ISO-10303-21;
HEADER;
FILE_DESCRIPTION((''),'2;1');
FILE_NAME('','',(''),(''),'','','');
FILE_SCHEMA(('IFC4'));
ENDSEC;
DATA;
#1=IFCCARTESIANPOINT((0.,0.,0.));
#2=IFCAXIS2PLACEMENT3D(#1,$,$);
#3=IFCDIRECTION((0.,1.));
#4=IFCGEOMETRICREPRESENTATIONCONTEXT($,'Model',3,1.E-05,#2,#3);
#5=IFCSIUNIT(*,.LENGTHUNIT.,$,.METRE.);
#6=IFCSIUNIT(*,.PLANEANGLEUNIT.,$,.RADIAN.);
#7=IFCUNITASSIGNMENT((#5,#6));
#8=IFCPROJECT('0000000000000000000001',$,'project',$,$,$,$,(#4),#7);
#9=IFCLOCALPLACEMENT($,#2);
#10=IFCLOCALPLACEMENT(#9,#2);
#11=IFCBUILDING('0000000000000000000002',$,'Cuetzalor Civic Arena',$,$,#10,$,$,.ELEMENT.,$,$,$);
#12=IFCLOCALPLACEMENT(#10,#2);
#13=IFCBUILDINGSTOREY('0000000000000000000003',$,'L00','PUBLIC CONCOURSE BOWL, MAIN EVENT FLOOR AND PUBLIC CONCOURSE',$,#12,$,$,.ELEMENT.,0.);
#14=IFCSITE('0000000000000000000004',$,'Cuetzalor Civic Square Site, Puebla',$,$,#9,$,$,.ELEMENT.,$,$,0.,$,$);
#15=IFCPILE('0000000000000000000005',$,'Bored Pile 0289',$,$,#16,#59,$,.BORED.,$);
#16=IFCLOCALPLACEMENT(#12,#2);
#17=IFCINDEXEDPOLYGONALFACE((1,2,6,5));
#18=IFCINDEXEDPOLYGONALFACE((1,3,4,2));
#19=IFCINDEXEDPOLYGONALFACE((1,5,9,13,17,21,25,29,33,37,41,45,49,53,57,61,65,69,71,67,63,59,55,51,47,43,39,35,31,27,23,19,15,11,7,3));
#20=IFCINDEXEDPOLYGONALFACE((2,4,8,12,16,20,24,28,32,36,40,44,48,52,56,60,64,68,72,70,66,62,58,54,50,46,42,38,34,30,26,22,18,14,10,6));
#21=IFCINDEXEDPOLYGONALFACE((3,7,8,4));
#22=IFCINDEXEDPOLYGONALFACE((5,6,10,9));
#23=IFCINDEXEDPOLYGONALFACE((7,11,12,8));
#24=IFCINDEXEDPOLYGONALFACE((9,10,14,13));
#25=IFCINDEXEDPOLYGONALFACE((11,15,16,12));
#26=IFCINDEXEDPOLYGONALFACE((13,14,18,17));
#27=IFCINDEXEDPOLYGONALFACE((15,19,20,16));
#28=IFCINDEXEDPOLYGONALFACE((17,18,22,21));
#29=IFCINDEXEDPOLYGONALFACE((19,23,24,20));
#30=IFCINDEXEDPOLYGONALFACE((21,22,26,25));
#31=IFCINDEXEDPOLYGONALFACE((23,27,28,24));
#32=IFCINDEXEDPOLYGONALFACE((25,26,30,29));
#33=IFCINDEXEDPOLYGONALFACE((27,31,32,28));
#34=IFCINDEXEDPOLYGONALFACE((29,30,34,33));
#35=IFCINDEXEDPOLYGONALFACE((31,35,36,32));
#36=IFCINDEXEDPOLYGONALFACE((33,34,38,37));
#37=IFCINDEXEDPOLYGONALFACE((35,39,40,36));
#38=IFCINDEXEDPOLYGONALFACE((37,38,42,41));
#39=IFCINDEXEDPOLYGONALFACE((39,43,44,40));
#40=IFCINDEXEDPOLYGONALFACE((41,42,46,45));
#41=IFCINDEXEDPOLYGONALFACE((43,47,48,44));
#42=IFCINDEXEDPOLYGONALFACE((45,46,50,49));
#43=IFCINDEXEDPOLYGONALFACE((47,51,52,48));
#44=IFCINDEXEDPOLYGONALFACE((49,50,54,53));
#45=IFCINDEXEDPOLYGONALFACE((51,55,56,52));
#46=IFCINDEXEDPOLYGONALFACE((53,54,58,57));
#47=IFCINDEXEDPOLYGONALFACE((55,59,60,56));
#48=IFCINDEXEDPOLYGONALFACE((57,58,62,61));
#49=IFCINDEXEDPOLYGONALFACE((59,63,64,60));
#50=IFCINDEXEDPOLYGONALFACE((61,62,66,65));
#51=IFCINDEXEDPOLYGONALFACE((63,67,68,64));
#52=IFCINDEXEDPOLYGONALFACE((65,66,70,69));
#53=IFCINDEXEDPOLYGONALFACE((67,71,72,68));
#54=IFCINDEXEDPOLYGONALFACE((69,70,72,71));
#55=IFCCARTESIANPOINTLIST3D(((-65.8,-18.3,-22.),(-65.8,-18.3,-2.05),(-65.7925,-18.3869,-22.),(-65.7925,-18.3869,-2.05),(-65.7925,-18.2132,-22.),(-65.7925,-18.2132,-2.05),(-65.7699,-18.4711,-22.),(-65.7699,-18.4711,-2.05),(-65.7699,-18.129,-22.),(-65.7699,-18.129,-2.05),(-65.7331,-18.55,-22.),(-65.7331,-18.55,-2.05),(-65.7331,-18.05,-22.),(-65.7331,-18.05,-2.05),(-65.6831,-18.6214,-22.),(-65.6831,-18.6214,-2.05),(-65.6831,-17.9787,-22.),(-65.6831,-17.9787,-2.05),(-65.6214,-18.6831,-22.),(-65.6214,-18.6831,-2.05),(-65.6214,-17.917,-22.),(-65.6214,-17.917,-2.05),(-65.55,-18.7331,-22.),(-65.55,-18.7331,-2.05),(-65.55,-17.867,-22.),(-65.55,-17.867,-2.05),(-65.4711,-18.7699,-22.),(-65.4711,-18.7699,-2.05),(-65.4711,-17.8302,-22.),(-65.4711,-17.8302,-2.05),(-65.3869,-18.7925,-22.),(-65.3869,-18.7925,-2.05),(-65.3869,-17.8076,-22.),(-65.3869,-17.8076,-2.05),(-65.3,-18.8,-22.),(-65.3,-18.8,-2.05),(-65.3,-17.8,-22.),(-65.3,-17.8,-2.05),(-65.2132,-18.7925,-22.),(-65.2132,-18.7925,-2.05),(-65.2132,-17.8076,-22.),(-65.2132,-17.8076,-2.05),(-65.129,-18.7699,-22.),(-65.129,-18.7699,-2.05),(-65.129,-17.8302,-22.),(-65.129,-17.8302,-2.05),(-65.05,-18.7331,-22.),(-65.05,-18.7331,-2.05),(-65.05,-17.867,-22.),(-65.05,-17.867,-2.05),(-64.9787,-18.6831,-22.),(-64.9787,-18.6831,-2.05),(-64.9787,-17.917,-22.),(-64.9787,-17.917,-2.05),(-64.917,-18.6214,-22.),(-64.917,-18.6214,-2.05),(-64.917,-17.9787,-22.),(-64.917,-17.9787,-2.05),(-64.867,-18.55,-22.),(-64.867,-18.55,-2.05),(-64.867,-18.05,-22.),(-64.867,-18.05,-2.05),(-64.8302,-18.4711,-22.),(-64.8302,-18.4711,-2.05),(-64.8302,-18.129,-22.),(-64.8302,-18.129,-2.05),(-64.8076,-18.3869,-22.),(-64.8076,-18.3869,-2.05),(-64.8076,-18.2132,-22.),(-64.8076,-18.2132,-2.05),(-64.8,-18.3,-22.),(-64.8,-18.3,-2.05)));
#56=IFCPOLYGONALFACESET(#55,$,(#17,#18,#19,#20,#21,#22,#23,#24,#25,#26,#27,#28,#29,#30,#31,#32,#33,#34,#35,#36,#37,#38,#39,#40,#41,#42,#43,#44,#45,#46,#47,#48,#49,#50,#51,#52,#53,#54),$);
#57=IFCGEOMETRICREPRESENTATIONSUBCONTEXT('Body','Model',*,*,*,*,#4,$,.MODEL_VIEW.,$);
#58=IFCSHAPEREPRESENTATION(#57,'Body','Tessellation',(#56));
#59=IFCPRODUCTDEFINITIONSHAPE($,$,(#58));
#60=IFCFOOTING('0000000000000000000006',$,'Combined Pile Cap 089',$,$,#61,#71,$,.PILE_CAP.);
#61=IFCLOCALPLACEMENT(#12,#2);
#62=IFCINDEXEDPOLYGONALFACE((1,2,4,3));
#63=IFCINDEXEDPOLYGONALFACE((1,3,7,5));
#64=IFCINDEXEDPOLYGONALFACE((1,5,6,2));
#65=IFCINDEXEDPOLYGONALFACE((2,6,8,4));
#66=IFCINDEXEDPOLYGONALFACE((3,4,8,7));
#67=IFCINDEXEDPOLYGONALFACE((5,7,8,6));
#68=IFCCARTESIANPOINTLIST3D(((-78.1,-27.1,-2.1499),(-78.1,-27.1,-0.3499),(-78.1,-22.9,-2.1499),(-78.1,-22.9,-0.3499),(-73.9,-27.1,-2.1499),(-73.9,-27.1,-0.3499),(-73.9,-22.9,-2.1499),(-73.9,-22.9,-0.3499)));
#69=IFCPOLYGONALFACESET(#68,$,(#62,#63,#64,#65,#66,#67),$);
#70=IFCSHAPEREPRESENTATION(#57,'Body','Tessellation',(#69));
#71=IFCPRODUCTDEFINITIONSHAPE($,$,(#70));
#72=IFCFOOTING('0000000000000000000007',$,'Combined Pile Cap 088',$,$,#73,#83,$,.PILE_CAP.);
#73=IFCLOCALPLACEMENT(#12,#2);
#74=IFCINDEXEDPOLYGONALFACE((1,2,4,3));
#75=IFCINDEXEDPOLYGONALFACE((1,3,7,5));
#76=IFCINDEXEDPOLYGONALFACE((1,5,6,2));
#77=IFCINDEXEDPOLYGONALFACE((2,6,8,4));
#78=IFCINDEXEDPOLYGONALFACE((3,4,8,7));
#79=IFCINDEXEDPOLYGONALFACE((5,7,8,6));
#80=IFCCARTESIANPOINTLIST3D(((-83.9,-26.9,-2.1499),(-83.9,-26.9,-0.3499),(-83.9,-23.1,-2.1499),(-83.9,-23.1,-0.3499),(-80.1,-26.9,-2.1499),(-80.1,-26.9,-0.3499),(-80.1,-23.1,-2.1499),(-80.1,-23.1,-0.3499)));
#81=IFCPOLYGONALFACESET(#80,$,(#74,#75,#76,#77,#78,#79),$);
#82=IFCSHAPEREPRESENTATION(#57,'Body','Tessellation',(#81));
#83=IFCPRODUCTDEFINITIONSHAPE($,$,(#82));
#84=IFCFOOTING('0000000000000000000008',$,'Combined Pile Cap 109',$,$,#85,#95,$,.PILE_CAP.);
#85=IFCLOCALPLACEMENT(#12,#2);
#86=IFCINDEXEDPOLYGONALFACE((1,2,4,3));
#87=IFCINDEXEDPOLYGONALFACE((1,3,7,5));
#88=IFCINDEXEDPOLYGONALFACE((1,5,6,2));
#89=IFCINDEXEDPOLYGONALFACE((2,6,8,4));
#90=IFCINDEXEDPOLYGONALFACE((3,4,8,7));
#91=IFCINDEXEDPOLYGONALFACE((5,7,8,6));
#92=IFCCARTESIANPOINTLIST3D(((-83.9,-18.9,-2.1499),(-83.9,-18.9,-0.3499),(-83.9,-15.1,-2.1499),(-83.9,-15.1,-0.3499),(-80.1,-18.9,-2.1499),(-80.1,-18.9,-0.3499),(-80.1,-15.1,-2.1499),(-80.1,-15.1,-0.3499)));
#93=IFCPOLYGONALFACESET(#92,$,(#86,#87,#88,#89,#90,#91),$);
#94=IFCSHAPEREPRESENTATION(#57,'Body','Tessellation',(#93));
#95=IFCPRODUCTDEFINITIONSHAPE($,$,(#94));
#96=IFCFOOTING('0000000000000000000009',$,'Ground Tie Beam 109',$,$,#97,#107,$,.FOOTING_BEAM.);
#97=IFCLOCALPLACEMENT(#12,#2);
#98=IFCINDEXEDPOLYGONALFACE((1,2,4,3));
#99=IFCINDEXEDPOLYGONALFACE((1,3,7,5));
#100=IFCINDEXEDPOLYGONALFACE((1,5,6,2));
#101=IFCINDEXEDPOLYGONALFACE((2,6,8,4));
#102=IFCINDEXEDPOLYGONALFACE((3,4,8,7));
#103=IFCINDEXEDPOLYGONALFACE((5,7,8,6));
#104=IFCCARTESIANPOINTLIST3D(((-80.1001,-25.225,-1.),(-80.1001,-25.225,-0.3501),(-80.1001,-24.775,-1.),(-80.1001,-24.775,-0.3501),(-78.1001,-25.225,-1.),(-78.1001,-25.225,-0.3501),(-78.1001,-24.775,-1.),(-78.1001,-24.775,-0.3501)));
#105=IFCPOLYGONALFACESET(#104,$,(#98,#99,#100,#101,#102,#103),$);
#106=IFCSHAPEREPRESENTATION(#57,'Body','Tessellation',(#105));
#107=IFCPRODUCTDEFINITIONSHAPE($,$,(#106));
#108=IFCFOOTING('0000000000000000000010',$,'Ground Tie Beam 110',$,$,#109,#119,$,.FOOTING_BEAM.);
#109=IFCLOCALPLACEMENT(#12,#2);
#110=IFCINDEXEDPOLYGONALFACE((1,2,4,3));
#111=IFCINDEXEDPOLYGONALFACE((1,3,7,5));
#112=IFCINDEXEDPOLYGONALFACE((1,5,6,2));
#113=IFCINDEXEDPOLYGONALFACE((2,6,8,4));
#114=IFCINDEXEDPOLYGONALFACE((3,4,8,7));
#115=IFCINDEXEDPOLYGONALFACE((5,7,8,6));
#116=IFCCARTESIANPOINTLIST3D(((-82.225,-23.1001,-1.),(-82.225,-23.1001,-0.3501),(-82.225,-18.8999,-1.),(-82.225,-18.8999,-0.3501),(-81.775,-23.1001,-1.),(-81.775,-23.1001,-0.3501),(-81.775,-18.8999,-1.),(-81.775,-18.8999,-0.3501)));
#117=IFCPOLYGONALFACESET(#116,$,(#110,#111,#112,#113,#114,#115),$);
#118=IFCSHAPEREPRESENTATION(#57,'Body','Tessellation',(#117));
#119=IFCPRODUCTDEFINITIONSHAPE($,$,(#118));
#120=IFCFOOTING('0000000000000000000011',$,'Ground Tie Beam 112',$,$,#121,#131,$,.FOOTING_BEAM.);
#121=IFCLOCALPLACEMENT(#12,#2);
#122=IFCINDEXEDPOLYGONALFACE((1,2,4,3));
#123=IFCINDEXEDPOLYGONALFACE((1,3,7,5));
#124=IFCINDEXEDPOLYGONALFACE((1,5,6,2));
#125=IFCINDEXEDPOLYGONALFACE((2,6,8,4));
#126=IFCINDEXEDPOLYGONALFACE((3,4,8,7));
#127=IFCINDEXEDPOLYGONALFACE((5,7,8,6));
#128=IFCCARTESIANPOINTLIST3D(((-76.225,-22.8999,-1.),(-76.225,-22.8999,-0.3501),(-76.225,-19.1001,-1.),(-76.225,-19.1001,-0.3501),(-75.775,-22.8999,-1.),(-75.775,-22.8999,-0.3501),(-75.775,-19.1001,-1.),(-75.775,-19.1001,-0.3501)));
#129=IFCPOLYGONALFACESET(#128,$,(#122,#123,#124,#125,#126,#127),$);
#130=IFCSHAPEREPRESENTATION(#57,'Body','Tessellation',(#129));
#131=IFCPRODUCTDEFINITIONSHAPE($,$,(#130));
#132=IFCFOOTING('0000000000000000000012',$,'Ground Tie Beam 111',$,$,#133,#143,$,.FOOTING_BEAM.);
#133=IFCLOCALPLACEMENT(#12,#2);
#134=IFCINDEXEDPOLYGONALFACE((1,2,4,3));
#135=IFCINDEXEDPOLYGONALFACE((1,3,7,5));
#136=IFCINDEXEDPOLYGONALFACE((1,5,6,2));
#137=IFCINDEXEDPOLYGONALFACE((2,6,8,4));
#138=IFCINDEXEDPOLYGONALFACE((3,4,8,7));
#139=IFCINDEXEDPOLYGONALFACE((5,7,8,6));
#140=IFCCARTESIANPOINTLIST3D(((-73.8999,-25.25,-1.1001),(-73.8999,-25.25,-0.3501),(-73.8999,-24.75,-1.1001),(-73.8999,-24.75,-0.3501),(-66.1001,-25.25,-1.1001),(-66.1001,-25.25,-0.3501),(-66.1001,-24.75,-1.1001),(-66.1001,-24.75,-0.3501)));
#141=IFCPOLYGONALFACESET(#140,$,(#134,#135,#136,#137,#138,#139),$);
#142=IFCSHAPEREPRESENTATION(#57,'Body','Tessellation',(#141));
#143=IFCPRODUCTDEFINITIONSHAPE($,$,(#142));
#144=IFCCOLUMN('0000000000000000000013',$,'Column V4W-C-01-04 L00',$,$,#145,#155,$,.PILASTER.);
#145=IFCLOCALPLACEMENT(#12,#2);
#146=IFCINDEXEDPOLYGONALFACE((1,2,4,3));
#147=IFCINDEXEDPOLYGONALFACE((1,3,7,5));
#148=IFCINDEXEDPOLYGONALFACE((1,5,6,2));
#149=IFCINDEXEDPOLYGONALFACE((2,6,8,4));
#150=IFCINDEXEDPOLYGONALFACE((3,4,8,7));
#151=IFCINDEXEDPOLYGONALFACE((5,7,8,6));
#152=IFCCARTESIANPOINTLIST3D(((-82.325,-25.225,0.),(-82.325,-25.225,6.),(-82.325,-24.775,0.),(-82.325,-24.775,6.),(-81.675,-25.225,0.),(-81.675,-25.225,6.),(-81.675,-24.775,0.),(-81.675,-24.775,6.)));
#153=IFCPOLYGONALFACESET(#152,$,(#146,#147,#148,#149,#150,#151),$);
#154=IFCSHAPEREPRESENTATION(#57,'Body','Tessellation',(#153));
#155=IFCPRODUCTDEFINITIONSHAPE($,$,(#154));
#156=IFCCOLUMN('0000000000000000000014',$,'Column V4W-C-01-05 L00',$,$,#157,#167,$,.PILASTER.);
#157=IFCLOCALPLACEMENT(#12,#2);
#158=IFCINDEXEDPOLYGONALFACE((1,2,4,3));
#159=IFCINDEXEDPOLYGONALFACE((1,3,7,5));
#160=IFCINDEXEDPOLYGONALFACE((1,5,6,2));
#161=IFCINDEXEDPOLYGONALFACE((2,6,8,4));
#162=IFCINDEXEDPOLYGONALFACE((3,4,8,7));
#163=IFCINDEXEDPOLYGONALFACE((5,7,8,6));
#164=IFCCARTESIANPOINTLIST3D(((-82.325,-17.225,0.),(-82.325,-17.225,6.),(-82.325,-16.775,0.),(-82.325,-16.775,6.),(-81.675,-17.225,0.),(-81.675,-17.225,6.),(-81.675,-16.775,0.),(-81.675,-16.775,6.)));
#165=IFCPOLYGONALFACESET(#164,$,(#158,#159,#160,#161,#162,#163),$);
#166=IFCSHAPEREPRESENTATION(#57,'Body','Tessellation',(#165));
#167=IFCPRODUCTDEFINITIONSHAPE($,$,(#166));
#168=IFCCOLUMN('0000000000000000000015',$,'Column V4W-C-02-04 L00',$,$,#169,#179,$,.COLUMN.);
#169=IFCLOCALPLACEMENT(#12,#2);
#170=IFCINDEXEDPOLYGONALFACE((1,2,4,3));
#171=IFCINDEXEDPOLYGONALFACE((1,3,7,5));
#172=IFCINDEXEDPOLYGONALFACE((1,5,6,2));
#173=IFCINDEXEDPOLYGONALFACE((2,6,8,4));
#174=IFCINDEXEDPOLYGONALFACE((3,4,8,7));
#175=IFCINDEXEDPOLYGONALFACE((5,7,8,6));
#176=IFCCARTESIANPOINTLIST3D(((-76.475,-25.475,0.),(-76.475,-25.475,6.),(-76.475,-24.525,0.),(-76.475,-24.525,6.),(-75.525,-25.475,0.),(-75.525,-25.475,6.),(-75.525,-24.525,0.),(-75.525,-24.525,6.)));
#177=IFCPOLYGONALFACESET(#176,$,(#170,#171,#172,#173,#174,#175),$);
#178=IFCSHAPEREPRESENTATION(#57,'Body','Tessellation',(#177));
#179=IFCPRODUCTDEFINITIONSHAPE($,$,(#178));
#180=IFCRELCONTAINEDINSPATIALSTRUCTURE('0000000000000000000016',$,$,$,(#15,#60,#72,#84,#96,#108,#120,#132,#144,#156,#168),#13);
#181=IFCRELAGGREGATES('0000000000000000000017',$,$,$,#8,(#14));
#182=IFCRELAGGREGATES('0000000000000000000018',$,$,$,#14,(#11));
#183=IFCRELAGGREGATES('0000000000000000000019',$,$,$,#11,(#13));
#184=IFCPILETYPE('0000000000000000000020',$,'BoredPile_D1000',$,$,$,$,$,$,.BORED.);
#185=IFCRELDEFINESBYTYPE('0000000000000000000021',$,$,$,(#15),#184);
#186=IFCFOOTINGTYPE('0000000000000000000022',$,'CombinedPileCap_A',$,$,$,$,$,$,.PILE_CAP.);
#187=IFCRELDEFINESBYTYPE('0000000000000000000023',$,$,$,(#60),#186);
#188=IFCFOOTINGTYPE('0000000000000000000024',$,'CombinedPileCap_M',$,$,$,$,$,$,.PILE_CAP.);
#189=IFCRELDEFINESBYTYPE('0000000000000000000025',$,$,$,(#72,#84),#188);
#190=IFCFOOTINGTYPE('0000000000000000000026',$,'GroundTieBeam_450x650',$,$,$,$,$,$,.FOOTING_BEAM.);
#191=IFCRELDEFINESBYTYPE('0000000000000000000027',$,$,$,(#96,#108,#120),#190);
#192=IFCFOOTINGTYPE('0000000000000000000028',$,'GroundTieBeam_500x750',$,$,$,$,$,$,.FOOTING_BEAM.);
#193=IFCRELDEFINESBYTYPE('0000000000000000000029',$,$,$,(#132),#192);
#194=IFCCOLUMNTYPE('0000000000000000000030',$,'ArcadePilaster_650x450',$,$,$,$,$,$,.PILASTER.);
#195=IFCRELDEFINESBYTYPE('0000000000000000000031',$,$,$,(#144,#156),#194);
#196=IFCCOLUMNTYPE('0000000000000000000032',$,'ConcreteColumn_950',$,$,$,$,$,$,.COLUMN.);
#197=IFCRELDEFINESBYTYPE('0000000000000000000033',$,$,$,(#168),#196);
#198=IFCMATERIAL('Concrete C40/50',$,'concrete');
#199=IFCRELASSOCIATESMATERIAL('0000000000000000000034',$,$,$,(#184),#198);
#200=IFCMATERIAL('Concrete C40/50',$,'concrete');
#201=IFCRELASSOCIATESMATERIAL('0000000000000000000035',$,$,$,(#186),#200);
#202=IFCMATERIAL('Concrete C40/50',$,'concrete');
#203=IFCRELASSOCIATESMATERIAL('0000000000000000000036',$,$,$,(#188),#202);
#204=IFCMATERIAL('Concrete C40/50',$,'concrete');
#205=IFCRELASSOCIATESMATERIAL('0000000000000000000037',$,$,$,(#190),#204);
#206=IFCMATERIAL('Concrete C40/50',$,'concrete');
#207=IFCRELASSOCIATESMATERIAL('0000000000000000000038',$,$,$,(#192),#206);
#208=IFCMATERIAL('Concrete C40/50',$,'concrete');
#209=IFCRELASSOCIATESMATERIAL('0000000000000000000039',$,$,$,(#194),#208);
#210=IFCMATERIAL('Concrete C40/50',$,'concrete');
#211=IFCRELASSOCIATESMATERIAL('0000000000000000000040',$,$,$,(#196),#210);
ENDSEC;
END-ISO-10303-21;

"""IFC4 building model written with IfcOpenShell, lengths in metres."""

from ifc_helpers import new_model, si_unit, direction, frame, origin, origin_2d, place, context, subcontext, project, spatial, rectangle, circle, extrude, material, material_profile, profile_set, type_object, element, save


model = new_model("IFC4")

# Units and contexts
model_context = context("Model", 3, precision=1e-05, world=origin(), true_north=direction((0.0, 1.0)))
body_context = subcontext(model_context, "Body", "Model", "MODEL_VIEW")
ifc_project = project(units=[si_unit("LENGTHUNIT", "METRE"), si_unit("PLANEANGLEUNIT", "RADIAN")], contexts=[model_context])

# Site, building, storey
site_placement = place(None, origin())
site = spatial("IfcSite", under=ifc_project, at=site_placement, Name="Cuetzalor Civic Square Site, Puebla", CompositionType="ELEMENT", RefElevation=0.0)
building_placement = place(site_placement, origin())
building = spatial("IfcBuilding", under=site, at=building_placement, Name="Cuetzalor Civic Arena", CompositionType="ELEMENT")
storey_placement = place(building_placement, origin())
storey = spatial("IfcBuildingStorey", under=building, at=storey_placement, Name="L00", Description="PUBLIC CONCOURSE BOWL, MAIN EVENT FLOOR AND PUBLIC CONCOURSE", CompositionType="ELEMENT", Elevation=0.0)

# Pile
ifc_material_1 = material(Name="Concrete C40/50", Category="concrete")
ifc_material_profile_1 = material_profile(ifc_material_1, circle(Radius=0.5, at=origin_2d()), Name="BORED PILE D1000")
ifc_profile_set_1 = profile_set([ifc_material_profile_1], Name="Concrete C40/50")
pile_type = type_object("IfcPileType", Name="BoredPile_D1000", PredefinedType="BORED", material=ifc_profile_set_1)
for number, where, z_axis, x_axis, name in (
    (1, (-65.3, -18.3, -2.05), (0.0, 0.0, -1.0), (1.0, 0.0, 0.0), "Bored Pile 0289"),
):
    element("IfcPile", number, at=place(storey_placement, frame(where, z_axis=z_axis, x_axis=x_axis)), inside=storey, type_object=pile_type, Name=name, PredefinedType="BORED", context=body_context, shape_type="SweptSolid", body=[
        extrude(circle(Radius=0.5, at=origin_2d()), origin(), (0.0, 0.0, 1.0), 19.95),
    ])

# Footings
ifc_material_2 = material(Name="Concrete C40/50", Category="concrete")
footing_type_1 = type_object("IfcFootingType", Name="CombinedPileCap_A", PredefinedType="PILE_CAP", material=ifc_material_2)
footing_1_placement = place(storey_placement, frame((-76.0, -25.0, -2.1499), z_axis=(0.0, 0.0, 1.0), x_axis=(1.0, 0.0, 0.0)))
element("IfcFooting", 2, at=footing_1_placement, inside=storey, type_object=footing_type_1, Name="Combined Pile Cap 089", PredefinedType="PILE_CAP", context=body_context, shape_type="SweptSolid", body=[
    extrude(rectangle(XDim=4.2, YDim=4.2, at=origin_2d()), origin(), (0.0, 0.0, 1.0), 1.8),
])
ifc_material_3 = material(Name="Concrete C40/50", Category="concrete")
footing_type_2 = type_object("IfcFootingType", Name="CombinedPileCap_M", PredefinedType="PILE_CAP", material=ifc_material_3)
for number, where, z_axis, x_axis, name in (
    (3, (-82.0, -25.0, -2.1499), (0.0, 0.0, 1.0), (1.0, 0.0, 0.0), "Combined Pile Cap 088"),
    (4, (-82.0, -17.0, -2.1499), (0.0, 0.0, 1.0), (1.0, 0.0, 0.0), "Combined Pile Cap 109"),
):
    element("IfcFooting", number, at=place(storey_placement, frame(where, z_axis=z_axis, x_axis=x_axis)), inside=storey, type_object=footing_type_2, Name=name, PredefinedType="PILE_CAP", context=body_context, shape_type="SweptSolid", body=[
        extrude(rectangle(XDim=3.8, YDim=3.8, at=origin_2d()), origin(), (0.0, 0.0, 1.0), 1.8),
    ])
ifc_material_4 = material(Name="Concrete C40/50", Category="concrete")
ifc_material_profile_2 = material_profile(ifc_material_4, rectangle(XDim=0.45, YDim=0.6499, at=origin_2d()), Name="RC 450x650")
ifc_profile_set_2 = profile_set([ifc_material_profile_2], Name="Concrete C40/50")
footing_type_3 = type_object("IfcFootingType", Name="GroundTieBeam_450x650", PredefinedType="FOOTING_BEAM", material=ifc_profile_set_2)
footing_2_placement = place(storey_placement, frame((-80.1001, -25.0, -0.675), z_axis=(1.0, 0.0, 0.0), x_axis=(0.0, 1.0, 0.0)))
element("IfcFooting", 5, at=footing_2_placement, inside=storey, type_object=footing_type_3, Name="Ground Tie Beam 109", PredefinedType="FOOTING_BEAM", context=body_context, shape_type="SweptSolid", body=[
    extrude(rectangle(XDim=0.45, YDim=0.6499, at=origin_2d()), origin(), (0.0, 0.0, 1.0), 2.0),
])
footing_3_placement = place(storey_placement, frame((-82.0, -23.1001, -0.675), z_axis=(0.0, 1.0, 0.0), x_axis=(-1.0, 0.0, 0.0)))
element("IfcFooting", 6, at=footing_3_placement, inside=storey, type_object=footing_type_3, Name="Ground Tie Beam 110", PredefinedType="FOOTING_BEAM", context=body_context, shape_type="SweptSolid", body=[
    extrude(rectangle(XDim=0.45, YDim=0.6499, at=origin_2d()), origin(), (0.0, 0.0, 1.0), 4.2002),
])
footing_4_placement = place(storey_placement, frame((-76.0, -22.8999, -0.675), z_axis=(0.0, 1.0, 0.0), x_axis=(-1.0, 0.0, 0.0)))
element("IfcFooting", 7, at=footing_4_placement, inside=storey, type_object=footing_type_3, Name="Ground Tie Beam 112", PredefinedType="FOOTING_BEAM", context=body_context, shape_type="SweptSolid", body=[
    extrude(rectangle(XDim=0.45, YDim=0.6499, at=origin_2d()), origin(), (0.0, 0.0, 1.0), 3.7998),
])
ifc_material_5 = material(Name="Concrete C40/50", Category="concrete")
ifc_material_profile_3 = material_profile(ifc_material_5, rectangle(XDim=0.5, YDim=0.75, at=origin_2d()), Name="RC 500x750")
ifc_profile_set_3 = profile_set([ifc_material_profile_3], Name="Concrete C40/50")
footing_type_4 = type_object("IfcFootingType", Name="GroundTieBeam_500x750", PredefinedType="FOOTING_BEAM", material=ifc_profile_set_3)
footing_5_placement = place(storey_placement, frame((-73.8999, -25.0, -0.7251), z_axis=(1.0, 0.0, 0.0), x_axis=(0.0, 1.0, 0.0)))
element("IfcFooting", 8, at=footing_5_placement, inside=storey, type_object=footing_type_4, Name="Ground Tie Beam 111", PredefinedType="FOOTING_BEAM", context=body_context, shape_type="SweptSolid", body=[
    extrude(rectangle(XDim=0.5, YDim=0.75, at=origin_2d()), origin(), (0.0, 0.0, 1.0), 7.7998),
])

# Columns
ifc_material_6 = material(Name="Concrete C40/50", Category="concrete")
ifc_material_profile_4 = material_profile(ifc_material_6, rectangle(XDim=0.6499, YDim=0.45, at=origin_2d()), Name="RC 650x450")
ifc_profile_set_4 = profile_set([ifc_material_profile_4], Name="Concrete C40/50")
column_type_1 = type_object("IfcColumnType", Name="ArcadePilaster_650x450", PredefinedType="PILASTER", material=ifc_profile_set_4)
for number, where, z_axis, x_axis, name in (
    (9, (-82.0, -25.0, 0.0), (0.0, 0.0, 1.0), (1.0, 0.0, 0.0), "Column V4W-C-01-04 L00"),
    (10, (-82.0, -17.0, 0.0), (0.0, 0.0, 1.0), (1.0, 0.0, 0.0), "Column V4W-C-01-05 L00"),
):
    element("IfcColumn", number, at=place(storey_placement, frame(where, z_axis=z_axis, x_axis=x_axis)), inside=storey, type_object=column_type_1, Name=name, PredefinedType="PILASTER", context=body_context, shape_type="SweptSolid", body=[
        extrude(rectangle(XDim=0.6499, YDim=0.45, at=origin_2d()), origin(), (0.0, 0.0, 1.0), 6.0),
    ])
ifc_material_7 = material(Name="Concrete C40/50", Category="concrete")
ifc_material_profile_5 = material_profile(ifc_material_7, rectangle(XDim=0.95, YDim=0.95, at=origin_2d()), Name="RC 950x950")
ifc_profile_set_5 = profile_set([ifc_material_profile_5], Name="Concrete C40/50")
column_type_2 = type_object("IfcColumnType", Name="ConcreteColumn_950", PredefinedType="COLUMN", material=ifc_profile_set_5)
column_placement = place(storey_placement, frame((-76.0, -25.0, 0.0), z_axis=(0.0, 0.0, 1.0), x_axis=(1.0, 0.0, 0.0)))
element("IfcColumn", 11, at=column_placement, inside=storey, type_object=column_type_2, Name="Column V4W-C-02-04 L00", PredefinedType="COLUMN", context=body_context, shape_type="SweptSolid", body=[
    extrude(rectangle(XDim=0.95, YDim=0.95, at=origin_2d()), origin(), (0.0, 0.0, 1.0), 6.0),
])

save(model, "model.ifc")
